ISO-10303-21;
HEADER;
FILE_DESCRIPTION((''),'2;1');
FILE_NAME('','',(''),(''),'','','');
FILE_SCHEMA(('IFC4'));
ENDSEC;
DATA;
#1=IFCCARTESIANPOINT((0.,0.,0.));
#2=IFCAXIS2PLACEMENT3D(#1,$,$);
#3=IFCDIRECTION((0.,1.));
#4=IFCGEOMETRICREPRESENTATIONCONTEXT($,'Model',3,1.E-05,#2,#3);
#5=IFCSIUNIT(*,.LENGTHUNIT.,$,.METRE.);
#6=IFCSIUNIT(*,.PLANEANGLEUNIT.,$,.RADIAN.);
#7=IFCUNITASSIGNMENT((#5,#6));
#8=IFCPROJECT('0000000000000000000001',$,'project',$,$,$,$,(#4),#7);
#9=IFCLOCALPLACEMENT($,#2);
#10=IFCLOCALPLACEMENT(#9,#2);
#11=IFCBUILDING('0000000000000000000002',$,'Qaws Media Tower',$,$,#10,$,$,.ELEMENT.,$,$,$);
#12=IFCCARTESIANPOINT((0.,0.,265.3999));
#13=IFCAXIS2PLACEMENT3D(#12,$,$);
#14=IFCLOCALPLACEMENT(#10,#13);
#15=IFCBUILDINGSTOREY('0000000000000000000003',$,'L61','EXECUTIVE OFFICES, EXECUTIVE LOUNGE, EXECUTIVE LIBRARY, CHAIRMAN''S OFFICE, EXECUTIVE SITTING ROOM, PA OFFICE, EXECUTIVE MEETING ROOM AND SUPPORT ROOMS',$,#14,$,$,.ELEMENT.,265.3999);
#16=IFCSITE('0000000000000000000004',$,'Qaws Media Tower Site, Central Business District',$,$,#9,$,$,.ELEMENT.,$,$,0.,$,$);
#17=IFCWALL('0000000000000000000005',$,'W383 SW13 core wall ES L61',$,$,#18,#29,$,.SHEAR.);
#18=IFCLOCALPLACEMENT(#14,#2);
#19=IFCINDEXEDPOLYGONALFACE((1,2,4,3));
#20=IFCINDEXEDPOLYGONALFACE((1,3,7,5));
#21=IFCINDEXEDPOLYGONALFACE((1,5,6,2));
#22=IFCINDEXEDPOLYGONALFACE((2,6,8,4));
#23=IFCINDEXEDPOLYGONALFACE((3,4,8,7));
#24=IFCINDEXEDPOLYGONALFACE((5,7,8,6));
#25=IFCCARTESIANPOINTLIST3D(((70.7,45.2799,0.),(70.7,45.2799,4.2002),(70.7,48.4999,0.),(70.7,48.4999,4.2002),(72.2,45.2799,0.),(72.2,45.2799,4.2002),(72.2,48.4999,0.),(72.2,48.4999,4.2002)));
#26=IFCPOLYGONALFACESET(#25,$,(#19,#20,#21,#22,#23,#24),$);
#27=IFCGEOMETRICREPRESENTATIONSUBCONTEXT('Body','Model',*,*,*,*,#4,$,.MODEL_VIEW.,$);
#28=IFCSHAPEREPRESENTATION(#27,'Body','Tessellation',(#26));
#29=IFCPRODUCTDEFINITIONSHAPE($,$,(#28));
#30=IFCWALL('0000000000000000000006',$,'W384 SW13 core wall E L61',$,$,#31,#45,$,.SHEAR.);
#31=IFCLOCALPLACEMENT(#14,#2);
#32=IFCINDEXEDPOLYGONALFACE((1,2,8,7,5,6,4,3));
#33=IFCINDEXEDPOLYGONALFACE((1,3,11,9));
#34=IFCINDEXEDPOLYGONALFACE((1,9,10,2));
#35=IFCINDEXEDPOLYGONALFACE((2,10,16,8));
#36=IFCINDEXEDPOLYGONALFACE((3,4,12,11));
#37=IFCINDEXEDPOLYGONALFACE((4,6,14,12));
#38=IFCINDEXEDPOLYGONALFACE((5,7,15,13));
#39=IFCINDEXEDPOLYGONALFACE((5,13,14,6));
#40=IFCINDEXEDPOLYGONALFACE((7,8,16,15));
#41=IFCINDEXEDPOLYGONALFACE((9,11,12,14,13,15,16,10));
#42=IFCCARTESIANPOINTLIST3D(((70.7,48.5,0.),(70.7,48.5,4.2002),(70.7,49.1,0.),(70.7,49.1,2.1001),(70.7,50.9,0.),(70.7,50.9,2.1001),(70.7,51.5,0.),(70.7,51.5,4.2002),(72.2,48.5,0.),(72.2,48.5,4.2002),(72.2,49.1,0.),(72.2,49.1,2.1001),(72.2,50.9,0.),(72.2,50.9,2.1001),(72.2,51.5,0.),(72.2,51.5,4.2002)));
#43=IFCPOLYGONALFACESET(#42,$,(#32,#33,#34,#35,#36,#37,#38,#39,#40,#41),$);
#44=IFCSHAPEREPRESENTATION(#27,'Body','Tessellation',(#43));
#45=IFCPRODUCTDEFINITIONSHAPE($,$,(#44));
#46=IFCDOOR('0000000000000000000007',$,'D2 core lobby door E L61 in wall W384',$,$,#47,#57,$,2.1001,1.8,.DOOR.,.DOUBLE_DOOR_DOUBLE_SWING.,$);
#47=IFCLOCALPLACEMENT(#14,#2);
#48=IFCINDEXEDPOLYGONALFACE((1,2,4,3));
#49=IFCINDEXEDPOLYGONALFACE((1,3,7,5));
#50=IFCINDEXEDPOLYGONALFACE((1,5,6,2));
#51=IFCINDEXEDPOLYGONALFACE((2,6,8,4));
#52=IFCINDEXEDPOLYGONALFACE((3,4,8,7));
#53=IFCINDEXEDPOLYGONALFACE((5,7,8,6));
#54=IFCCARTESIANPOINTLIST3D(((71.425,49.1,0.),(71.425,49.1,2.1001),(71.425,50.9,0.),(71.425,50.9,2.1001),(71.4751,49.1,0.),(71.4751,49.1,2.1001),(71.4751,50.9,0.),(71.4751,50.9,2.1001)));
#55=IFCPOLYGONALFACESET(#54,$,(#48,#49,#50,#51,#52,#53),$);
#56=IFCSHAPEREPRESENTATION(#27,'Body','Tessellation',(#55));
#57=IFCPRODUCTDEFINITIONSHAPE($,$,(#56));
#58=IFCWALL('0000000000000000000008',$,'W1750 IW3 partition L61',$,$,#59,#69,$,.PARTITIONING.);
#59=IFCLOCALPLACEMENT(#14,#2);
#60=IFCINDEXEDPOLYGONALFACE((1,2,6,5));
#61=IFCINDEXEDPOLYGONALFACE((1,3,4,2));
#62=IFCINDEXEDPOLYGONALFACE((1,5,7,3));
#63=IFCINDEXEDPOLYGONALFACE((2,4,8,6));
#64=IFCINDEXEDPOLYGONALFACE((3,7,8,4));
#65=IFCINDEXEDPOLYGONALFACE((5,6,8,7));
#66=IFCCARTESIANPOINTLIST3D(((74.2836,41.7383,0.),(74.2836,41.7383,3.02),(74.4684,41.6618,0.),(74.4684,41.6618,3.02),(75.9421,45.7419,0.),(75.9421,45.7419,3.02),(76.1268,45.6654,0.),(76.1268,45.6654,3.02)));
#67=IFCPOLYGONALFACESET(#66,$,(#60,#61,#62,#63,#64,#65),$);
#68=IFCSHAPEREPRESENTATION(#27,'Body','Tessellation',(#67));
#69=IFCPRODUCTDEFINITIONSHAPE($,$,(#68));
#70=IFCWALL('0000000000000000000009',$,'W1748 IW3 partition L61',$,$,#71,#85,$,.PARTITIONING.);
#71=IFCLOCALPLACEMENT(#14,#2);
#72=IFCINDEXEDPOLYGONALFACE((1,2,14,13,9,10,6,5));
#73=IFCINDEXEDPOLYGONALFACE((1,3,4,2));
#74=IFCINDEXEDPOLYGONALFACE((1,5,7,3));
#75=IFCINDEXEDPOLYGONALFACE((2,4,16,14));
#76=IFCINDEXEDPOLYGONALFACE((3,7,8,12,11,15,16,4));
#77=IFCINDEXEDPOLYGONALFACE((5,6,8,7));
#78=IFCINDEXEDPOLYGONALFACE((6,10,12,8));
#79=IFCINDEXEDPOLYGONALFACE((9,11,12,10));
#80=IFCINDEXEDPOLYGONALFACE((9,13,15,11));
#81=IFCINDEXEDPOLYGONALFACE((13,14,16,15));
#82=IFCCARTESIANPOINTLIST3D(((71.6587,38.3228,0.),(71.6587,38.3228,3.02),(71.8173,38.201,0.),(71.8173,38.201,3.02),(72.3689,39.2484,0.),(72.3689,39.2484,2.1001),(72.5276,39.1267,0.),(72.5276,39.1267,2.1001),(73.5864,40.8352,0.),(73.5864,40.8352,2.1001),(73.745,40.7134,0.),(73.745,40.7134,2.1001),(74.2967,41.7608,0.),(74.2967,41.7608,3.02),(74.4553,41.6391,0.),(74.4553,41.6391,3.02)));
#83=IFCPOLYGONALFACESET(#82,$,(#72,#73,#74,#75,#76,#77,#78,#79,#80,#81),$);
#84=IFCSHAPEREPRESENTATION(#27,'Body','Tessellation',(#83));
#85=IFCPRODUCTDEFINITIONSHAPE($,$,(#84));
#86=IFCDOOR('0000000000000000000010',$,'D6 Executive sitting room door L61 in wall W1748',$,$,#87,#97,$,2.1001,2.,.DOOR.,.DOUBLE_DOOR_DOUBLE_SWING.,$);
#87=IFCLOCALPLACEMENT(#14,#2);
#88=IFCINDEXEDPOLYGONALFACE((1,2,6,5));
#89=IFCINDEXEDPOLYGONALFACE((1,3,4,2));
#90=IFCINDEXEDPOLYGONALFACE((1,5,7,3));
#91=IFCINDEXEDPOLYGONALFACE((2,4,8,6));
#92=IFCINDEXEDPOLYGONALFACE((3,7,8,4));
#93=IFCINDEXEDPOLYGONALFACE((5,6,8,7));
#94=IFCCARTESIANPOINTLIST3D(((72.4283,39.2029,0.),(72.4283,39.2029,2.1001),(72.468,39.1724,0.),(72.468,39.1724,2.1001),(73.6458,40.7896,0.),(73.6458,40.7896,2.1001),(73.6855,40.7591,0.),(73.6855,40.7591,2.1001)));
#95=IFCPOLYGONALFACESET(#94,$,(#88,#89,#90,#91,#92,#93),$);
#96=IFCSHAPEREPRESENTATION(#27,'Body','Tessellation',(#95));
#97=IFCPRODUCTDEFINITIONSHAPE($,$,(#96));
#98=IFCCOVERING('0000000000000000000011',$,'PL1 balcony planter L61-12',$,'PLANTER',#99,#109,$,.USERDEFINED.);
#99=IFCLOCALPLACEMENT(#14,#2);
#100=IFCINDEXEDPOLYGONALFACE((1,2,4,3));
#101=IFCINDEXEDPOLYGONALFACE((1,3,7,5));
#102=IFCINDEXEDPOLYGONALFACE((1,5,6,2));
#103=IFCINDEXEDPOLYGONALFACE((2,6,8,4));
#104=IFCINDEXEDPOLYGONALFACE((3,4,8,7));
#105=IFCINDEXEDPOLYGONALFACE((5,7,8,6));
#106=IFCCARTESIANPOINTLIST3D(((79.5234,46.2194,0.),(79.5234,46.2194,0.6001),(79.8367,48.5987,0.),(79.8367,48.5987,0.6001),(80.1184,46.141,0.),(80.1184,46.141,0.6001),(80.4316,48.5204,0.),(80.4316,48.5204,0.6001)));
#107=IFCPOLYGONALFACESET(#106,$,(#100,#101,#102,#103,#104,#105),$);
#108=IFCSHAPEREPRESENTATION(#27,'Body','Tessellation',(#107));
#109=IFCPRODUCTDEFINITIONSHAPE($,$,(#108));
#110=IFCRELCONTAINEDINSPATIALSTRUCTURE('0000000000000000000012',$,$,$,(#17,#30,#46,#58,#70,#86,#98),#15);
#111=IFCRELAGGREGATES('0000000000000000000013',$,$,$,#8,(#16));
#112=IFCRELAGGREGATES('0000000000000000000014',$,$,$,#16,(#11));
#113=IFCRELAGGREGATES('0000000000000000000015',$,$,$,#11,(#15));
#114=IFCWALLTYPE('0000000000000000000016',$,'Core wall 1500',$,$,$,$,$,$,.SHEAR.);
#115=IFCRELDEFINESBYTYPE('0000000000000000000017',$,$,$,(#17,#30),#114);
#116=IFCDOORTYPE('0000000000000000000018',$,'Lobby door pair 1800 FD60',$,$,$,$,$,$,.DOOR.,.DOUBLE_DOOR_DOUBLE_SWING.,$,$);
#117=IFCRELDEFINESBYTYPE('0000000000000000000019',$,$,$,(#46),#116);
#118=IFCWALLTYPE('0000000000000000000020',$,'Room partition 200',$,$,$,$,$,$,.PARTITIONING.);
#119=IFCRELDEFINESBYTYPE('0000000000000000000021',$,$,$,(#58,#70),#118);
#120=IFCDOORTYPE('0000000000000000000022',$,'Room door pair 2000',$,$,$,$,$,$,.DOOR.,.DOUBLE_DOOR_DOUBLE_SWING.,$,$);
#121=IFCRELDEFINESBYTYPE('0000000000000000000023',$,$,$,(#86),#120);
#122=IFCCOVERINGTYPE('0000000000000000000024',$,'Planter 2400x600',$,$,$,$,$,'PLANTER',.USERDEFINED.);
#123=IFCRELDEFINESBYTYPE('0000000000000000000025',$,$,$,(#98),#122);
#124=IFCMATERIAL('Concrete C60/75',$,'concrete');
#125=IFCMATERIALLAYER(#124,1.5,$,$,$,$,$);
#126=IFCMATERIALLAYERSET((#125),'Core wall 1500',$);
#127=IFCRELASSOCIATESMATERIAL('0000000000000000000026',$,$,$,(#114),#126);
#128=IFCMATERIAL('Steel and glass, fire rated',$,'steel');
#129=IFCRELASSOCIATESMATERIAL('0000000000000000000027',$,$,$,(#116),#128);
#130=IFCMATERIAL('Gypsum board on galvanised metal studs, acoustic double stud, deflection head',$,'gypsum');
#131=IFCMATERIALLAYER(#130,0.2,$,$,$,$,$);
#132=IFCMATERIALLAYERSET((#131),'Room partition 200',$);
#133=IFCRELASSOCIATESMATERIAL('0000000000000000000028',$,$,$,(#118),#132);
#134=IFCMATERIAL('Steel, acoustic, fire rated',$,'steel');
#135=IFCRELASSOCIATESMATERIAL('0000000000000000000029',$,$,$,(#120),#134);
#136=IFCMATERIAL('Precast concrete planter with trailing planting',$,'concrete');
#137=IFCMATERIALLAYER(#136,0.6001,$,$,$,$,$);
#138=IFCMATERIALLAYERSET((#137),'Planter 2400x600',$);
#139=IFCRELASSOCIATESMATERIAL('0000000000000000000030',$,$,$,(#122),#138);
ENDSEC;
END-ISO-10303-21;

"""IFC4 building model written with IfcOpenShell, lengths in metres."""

from ifc_helpers import new_model, si_unit, direction, frame, frame_2d, origin, origin_2d, place, context, subcontext, project, spatial, rectangle, extrude, material, layer, layer_set, type_object, element, fill, save


model = new_model("IFC4")

# Units and contexts
model_context = context("Model", 3, precision=1e-05, world=origin(), true_north=direction((0.0, 1.0)))
body_context = subcontext(model_context, "Body", "Model", "MODEL_VIEW")
ifc_project = project(units=[si_unit("LENGTHUNIT", "METRE"), si_unit("PLANEANGLEUNIT", "RADIAN")], contexts=[model_context])

# Site, building, storey
site_placement = place(None, origin())
site = spatial("IfcSite", under=ifc_project, at=site_placement, Name="Qaws Media Tower Site, Central Business District", CompositionType="ELEMENT", RefElevation=0.0)
building_placement = place(site_placement, origin())
building = spatial("IfcBuilding", under=site, at=building_placement, Name="Qaws Media Tower", CompositionType="ELEMENT")
storey_placement = place(building_placement, frame((0.0, 0.0, 265.3999)))
storey = spatial("IfcBuildingStorey", under=building, at=storey_placement, Name="L61", Description="EXECUTIVE OFFICES, EXECUTIVE LOUNGE, EXECUTIVE LIBRARY, CHAIRMAN'S OFFICE, EXECUTIVE SITTING ROOM, PA OFFICE, EXECUTIVE MEETING ROOM AND SUPPORT ROOMS", CompositionType="ELEMENT", Elevation=265.3999)

# Wall
ifc_material_1 = material(Name="Concrete C60/75", Category="concrete")
ifc_layer_1 = layer(ifc_material_1, 1.5)
ifc_layer_set_1 = layer_set([ifc_layer_1], Name="Core wall 1500")
wall_type_1 = type_object("IfcWallType", Name="Core wall 1500", PredefinedType="SHEAR", material=ifc_layer_set_1)
wall_1_placement = place(storey_placement, frame((71.45, 45.28, 0.0), z_axis=(0.0, 0.0, 1.0), x_axis=(0.0, 1.0, 0.0)))
element("IfcWall", 1, at=wall_1_placement, inside=storey, type_object=wall_type_1, Name="W383 SW13 core wall ES L61", PredefinedType="SHEAR", context=body_context, shape_type="SweptSolid", body=[
    extrude(rectangle(XDim=3.22, YDim=1.5, at=frame_2d((1.6099, 0.0))), origin(), (0.0, 0.0, 1.0), 4.2002),
])

# Wall, opening, door
wall_2_placement = place(storey_placement, frame((71.45, 48.5, 0.0), z_axis=(0.0, 0.0, 1.0), x_axis=(0.0, 1.0, 0.0)))
wall_2 = element("IfcWall", 2, at=wall_2_placement, inside=storey, type_object=wall_type_1, Name="W384 SW13 core wall E L61", PredefinedType="SHEAR", context=body_context, shape_type="SweptSolid", body=[
    extrude(rectangle(XDim=3.0, YDim=1.5, at=frame_2d((1.5, 0.0))), origin(), (0.0, 0.0, 1.0), 4.2002),
])
opening_1_placement = place(wall_2_placement, frame((0.6001, 0.0, 0.0)))
opening_1 = element("IfcOpeningElement", 3, at=opening_1_placement, cuts=wall_2, PredefinedType="OPENING", context=body_context, shape_type="SweptSolid", body=[
    extrude(rectangle(XDim=1.8, YDim=2.1001, at=frame_2d((0.8999, 1.05))), frame((0.0, 0.76, 0.0), z_axis=(0.0, -1.0, 0.0), x_axis=(1.0, 0.0, 0.0)), (0.0, 0.0, 1.0), 1.52),
])
ifc_material_2 = material(Name="Steel and glass, fire rated", Category="steel")
door_type_1 = type_object("IfcDoorType", Name="Lobby door pair 1800 FD60", OperationType="DOUBLE_DOOR_DOUBLE_SWING", PredefinedType="DOOR", material=ifc_material_2)
door_1_placement = place(opening_1_placement, origin())
door_1 = element("IfcDoor", 4, at=door_1_placement, inside=storey, type_object=door_type_1, Name="D2 core lobby door E L61 in wall W384", OperationType="DOUBLE_DOOR_DOUBLE_SWING", OverallHeight=2.1001, OverallWidth=1.8, PredefinedType="DOOR", context=body_context, shape_type="SweptSolid", body=[
    extrude(rectangle(XDim=1.8, YDim=2.1001, at=frame_2d((0.8999, 1.05))), frame((0.0, 0.0249, 0.0), z_axis=(0.0, -1.0, 0.0), x_axis=(1.0, 0.0, 0.0)), (0.0, 0.0, 1.0), 0.05),
])
fill(opening_1, door_1)

# Wall
ifc_material_3 = material(Name="Gypsum board on galvanised metal studs, acoustic double stud, deflection head", Category="gypsum")
ifc_layer_2 = layer(ifc_material_3, 0.2)
ifc_layer_set_2 = layer_set([ifc_layer_2], Name="Room partition 200")
wall_type_2 = type_object("IfcWallType", Name="Room partition 200", PredefinedType="PARTITIONING", material=ifc_layer_set_2)
wall_3_placement = place(storey_placement, frame((76.0344, 45.7036, 0.0), z_axis=(0.0, 0.0, 1.0), x_axis=(-0.382698, -0.923873, 0.0)))
element("IfcWall", 5, at=wall_3_placement, inside=storey, type_object=wall_type_2, Name="W1750 IW3 partition L61", PredefinedType="PARTITIONING", context=body_context, shape_type="SweptSolid", body=[
    extrude(rectangle(XDim=4.3335, YDim=0.2, at=frame_2d((2.1667, 0.0))), origin(), (0.0, 0.0, 1.0), 3.02),
])

# Wall, opening, door
wall_4_placement = place(storey_placement, frame((74.376, 41.7, 0.0), z_axis=(0.0, 0.0, 1.0), x_axis=(-0.608744, -0.793367, 0.0)))
wall_4 = element("IfcWall", 6, at=wall_4_placement, inside=storey, type_object=wall_type_2, Name="W1748 IW3 partition L61", PredefinedType="PARTITIONING", context=body_context, shape_type="SweptSolid", body=[
    extrude(rectangle(XDim=4.3335, YDim=0.2, at=frame_2d((2.1667, 0.0))), origin(), (0.0, 0.0, 1.0), 3.02),
])
opening_2_placement = place(wall_4_placement, frame((1.1667, 0.0, 0.0)))
opening_2 = element("IfcOpeningElement", 7, at=opening_2_placement, cuts=wall_4, PredefinedType="OPENING", context=body_context, shape_type="SweptSolid", body=[
    extrude(rectangle(XDim=2.0, YDim=2.1001, at=frame_2d((1.0, 1.05))), frame((0.0, 0.1099, 0.0), z_axis=(0.0, -1.0, 0.0), x_axis=(1.0, 0.0, 0.0)), (0.0, 0.0, 1.0), 0.22),
])
ifc_material_4 = material(Name="Steel, acoustic, fire rated", Category="steel")
door_type_2 = type_object("IfcDoorType", Name="Room door pair 2000", OperationType="DOUBLE_DOOR_DOUBLE_SWING", PredefinedType="DOOR", material=ifc_material_4)
door_2_placement = place(opening_2_placement, origin())
door_2 = element("IfcDoor", 8, at=door_2_placement, inside=storey, type_object=door_type_2, Name="D6 Executive sitting room door L61 in wall W1748", OperationType="DOUBLE_DOOR_DOUBLE_SWING", OverallHeight=2.1001, OverallWidth=2.0, PredefinedType="DOOR", context=body_context, shape_type="SweptSolid", body=[
    extrude(rectangle(XDim=2.0, YDim=2.1001, at=frame_2d((1.0, 1.05))), frame((0.0, 0.0249, 0.0), z_axis=(0.0, -1.0, 0.0), x_axis=(1.0, 0.0, 0.0)), (0.0, 0.0, 1.0), 0.05),
])
fill(opening_2, door_2)

# Covering
ifc_material_5 = material(Name="Precast concrete planter with trailing planting", Category="concrete")
ifc_layer_3 = layer(ifc_material_5, 0.6001)
ifc_layer_set_3 = layer_set([ifc_layer_3], Name="Planter 2400x600")
covering_type = type_object("IfcCoveringType", Name="Planter 2400x600", ElementType="PLANTER", PredefinedType="USERDEFINED", material=ifc_layer_set_3)
covering_placement = place(storey_placement, frame((79.9775, 47.3699, 0.0), z_axis=(0.0, 0.0, 1.0), x_axis=(0.130526, 0.991445, 0.0)))
element("IfcCovering", 9, at=covering_placement, inside=storey, type_object=covering_type, Name="PL1 balcony planter L61-12", ObjectType="PLANTER", PredefinedType="USERDEFINED", context=body_context, shape_type="SweptSolid", body=[
    extrude(rectangle(XDim=2.3999, YDim=0.6001, at=origin_2d()), origin(), (0.0, 0.0, 1.0), 0.6001),
])

save(model, "model.ifc")
